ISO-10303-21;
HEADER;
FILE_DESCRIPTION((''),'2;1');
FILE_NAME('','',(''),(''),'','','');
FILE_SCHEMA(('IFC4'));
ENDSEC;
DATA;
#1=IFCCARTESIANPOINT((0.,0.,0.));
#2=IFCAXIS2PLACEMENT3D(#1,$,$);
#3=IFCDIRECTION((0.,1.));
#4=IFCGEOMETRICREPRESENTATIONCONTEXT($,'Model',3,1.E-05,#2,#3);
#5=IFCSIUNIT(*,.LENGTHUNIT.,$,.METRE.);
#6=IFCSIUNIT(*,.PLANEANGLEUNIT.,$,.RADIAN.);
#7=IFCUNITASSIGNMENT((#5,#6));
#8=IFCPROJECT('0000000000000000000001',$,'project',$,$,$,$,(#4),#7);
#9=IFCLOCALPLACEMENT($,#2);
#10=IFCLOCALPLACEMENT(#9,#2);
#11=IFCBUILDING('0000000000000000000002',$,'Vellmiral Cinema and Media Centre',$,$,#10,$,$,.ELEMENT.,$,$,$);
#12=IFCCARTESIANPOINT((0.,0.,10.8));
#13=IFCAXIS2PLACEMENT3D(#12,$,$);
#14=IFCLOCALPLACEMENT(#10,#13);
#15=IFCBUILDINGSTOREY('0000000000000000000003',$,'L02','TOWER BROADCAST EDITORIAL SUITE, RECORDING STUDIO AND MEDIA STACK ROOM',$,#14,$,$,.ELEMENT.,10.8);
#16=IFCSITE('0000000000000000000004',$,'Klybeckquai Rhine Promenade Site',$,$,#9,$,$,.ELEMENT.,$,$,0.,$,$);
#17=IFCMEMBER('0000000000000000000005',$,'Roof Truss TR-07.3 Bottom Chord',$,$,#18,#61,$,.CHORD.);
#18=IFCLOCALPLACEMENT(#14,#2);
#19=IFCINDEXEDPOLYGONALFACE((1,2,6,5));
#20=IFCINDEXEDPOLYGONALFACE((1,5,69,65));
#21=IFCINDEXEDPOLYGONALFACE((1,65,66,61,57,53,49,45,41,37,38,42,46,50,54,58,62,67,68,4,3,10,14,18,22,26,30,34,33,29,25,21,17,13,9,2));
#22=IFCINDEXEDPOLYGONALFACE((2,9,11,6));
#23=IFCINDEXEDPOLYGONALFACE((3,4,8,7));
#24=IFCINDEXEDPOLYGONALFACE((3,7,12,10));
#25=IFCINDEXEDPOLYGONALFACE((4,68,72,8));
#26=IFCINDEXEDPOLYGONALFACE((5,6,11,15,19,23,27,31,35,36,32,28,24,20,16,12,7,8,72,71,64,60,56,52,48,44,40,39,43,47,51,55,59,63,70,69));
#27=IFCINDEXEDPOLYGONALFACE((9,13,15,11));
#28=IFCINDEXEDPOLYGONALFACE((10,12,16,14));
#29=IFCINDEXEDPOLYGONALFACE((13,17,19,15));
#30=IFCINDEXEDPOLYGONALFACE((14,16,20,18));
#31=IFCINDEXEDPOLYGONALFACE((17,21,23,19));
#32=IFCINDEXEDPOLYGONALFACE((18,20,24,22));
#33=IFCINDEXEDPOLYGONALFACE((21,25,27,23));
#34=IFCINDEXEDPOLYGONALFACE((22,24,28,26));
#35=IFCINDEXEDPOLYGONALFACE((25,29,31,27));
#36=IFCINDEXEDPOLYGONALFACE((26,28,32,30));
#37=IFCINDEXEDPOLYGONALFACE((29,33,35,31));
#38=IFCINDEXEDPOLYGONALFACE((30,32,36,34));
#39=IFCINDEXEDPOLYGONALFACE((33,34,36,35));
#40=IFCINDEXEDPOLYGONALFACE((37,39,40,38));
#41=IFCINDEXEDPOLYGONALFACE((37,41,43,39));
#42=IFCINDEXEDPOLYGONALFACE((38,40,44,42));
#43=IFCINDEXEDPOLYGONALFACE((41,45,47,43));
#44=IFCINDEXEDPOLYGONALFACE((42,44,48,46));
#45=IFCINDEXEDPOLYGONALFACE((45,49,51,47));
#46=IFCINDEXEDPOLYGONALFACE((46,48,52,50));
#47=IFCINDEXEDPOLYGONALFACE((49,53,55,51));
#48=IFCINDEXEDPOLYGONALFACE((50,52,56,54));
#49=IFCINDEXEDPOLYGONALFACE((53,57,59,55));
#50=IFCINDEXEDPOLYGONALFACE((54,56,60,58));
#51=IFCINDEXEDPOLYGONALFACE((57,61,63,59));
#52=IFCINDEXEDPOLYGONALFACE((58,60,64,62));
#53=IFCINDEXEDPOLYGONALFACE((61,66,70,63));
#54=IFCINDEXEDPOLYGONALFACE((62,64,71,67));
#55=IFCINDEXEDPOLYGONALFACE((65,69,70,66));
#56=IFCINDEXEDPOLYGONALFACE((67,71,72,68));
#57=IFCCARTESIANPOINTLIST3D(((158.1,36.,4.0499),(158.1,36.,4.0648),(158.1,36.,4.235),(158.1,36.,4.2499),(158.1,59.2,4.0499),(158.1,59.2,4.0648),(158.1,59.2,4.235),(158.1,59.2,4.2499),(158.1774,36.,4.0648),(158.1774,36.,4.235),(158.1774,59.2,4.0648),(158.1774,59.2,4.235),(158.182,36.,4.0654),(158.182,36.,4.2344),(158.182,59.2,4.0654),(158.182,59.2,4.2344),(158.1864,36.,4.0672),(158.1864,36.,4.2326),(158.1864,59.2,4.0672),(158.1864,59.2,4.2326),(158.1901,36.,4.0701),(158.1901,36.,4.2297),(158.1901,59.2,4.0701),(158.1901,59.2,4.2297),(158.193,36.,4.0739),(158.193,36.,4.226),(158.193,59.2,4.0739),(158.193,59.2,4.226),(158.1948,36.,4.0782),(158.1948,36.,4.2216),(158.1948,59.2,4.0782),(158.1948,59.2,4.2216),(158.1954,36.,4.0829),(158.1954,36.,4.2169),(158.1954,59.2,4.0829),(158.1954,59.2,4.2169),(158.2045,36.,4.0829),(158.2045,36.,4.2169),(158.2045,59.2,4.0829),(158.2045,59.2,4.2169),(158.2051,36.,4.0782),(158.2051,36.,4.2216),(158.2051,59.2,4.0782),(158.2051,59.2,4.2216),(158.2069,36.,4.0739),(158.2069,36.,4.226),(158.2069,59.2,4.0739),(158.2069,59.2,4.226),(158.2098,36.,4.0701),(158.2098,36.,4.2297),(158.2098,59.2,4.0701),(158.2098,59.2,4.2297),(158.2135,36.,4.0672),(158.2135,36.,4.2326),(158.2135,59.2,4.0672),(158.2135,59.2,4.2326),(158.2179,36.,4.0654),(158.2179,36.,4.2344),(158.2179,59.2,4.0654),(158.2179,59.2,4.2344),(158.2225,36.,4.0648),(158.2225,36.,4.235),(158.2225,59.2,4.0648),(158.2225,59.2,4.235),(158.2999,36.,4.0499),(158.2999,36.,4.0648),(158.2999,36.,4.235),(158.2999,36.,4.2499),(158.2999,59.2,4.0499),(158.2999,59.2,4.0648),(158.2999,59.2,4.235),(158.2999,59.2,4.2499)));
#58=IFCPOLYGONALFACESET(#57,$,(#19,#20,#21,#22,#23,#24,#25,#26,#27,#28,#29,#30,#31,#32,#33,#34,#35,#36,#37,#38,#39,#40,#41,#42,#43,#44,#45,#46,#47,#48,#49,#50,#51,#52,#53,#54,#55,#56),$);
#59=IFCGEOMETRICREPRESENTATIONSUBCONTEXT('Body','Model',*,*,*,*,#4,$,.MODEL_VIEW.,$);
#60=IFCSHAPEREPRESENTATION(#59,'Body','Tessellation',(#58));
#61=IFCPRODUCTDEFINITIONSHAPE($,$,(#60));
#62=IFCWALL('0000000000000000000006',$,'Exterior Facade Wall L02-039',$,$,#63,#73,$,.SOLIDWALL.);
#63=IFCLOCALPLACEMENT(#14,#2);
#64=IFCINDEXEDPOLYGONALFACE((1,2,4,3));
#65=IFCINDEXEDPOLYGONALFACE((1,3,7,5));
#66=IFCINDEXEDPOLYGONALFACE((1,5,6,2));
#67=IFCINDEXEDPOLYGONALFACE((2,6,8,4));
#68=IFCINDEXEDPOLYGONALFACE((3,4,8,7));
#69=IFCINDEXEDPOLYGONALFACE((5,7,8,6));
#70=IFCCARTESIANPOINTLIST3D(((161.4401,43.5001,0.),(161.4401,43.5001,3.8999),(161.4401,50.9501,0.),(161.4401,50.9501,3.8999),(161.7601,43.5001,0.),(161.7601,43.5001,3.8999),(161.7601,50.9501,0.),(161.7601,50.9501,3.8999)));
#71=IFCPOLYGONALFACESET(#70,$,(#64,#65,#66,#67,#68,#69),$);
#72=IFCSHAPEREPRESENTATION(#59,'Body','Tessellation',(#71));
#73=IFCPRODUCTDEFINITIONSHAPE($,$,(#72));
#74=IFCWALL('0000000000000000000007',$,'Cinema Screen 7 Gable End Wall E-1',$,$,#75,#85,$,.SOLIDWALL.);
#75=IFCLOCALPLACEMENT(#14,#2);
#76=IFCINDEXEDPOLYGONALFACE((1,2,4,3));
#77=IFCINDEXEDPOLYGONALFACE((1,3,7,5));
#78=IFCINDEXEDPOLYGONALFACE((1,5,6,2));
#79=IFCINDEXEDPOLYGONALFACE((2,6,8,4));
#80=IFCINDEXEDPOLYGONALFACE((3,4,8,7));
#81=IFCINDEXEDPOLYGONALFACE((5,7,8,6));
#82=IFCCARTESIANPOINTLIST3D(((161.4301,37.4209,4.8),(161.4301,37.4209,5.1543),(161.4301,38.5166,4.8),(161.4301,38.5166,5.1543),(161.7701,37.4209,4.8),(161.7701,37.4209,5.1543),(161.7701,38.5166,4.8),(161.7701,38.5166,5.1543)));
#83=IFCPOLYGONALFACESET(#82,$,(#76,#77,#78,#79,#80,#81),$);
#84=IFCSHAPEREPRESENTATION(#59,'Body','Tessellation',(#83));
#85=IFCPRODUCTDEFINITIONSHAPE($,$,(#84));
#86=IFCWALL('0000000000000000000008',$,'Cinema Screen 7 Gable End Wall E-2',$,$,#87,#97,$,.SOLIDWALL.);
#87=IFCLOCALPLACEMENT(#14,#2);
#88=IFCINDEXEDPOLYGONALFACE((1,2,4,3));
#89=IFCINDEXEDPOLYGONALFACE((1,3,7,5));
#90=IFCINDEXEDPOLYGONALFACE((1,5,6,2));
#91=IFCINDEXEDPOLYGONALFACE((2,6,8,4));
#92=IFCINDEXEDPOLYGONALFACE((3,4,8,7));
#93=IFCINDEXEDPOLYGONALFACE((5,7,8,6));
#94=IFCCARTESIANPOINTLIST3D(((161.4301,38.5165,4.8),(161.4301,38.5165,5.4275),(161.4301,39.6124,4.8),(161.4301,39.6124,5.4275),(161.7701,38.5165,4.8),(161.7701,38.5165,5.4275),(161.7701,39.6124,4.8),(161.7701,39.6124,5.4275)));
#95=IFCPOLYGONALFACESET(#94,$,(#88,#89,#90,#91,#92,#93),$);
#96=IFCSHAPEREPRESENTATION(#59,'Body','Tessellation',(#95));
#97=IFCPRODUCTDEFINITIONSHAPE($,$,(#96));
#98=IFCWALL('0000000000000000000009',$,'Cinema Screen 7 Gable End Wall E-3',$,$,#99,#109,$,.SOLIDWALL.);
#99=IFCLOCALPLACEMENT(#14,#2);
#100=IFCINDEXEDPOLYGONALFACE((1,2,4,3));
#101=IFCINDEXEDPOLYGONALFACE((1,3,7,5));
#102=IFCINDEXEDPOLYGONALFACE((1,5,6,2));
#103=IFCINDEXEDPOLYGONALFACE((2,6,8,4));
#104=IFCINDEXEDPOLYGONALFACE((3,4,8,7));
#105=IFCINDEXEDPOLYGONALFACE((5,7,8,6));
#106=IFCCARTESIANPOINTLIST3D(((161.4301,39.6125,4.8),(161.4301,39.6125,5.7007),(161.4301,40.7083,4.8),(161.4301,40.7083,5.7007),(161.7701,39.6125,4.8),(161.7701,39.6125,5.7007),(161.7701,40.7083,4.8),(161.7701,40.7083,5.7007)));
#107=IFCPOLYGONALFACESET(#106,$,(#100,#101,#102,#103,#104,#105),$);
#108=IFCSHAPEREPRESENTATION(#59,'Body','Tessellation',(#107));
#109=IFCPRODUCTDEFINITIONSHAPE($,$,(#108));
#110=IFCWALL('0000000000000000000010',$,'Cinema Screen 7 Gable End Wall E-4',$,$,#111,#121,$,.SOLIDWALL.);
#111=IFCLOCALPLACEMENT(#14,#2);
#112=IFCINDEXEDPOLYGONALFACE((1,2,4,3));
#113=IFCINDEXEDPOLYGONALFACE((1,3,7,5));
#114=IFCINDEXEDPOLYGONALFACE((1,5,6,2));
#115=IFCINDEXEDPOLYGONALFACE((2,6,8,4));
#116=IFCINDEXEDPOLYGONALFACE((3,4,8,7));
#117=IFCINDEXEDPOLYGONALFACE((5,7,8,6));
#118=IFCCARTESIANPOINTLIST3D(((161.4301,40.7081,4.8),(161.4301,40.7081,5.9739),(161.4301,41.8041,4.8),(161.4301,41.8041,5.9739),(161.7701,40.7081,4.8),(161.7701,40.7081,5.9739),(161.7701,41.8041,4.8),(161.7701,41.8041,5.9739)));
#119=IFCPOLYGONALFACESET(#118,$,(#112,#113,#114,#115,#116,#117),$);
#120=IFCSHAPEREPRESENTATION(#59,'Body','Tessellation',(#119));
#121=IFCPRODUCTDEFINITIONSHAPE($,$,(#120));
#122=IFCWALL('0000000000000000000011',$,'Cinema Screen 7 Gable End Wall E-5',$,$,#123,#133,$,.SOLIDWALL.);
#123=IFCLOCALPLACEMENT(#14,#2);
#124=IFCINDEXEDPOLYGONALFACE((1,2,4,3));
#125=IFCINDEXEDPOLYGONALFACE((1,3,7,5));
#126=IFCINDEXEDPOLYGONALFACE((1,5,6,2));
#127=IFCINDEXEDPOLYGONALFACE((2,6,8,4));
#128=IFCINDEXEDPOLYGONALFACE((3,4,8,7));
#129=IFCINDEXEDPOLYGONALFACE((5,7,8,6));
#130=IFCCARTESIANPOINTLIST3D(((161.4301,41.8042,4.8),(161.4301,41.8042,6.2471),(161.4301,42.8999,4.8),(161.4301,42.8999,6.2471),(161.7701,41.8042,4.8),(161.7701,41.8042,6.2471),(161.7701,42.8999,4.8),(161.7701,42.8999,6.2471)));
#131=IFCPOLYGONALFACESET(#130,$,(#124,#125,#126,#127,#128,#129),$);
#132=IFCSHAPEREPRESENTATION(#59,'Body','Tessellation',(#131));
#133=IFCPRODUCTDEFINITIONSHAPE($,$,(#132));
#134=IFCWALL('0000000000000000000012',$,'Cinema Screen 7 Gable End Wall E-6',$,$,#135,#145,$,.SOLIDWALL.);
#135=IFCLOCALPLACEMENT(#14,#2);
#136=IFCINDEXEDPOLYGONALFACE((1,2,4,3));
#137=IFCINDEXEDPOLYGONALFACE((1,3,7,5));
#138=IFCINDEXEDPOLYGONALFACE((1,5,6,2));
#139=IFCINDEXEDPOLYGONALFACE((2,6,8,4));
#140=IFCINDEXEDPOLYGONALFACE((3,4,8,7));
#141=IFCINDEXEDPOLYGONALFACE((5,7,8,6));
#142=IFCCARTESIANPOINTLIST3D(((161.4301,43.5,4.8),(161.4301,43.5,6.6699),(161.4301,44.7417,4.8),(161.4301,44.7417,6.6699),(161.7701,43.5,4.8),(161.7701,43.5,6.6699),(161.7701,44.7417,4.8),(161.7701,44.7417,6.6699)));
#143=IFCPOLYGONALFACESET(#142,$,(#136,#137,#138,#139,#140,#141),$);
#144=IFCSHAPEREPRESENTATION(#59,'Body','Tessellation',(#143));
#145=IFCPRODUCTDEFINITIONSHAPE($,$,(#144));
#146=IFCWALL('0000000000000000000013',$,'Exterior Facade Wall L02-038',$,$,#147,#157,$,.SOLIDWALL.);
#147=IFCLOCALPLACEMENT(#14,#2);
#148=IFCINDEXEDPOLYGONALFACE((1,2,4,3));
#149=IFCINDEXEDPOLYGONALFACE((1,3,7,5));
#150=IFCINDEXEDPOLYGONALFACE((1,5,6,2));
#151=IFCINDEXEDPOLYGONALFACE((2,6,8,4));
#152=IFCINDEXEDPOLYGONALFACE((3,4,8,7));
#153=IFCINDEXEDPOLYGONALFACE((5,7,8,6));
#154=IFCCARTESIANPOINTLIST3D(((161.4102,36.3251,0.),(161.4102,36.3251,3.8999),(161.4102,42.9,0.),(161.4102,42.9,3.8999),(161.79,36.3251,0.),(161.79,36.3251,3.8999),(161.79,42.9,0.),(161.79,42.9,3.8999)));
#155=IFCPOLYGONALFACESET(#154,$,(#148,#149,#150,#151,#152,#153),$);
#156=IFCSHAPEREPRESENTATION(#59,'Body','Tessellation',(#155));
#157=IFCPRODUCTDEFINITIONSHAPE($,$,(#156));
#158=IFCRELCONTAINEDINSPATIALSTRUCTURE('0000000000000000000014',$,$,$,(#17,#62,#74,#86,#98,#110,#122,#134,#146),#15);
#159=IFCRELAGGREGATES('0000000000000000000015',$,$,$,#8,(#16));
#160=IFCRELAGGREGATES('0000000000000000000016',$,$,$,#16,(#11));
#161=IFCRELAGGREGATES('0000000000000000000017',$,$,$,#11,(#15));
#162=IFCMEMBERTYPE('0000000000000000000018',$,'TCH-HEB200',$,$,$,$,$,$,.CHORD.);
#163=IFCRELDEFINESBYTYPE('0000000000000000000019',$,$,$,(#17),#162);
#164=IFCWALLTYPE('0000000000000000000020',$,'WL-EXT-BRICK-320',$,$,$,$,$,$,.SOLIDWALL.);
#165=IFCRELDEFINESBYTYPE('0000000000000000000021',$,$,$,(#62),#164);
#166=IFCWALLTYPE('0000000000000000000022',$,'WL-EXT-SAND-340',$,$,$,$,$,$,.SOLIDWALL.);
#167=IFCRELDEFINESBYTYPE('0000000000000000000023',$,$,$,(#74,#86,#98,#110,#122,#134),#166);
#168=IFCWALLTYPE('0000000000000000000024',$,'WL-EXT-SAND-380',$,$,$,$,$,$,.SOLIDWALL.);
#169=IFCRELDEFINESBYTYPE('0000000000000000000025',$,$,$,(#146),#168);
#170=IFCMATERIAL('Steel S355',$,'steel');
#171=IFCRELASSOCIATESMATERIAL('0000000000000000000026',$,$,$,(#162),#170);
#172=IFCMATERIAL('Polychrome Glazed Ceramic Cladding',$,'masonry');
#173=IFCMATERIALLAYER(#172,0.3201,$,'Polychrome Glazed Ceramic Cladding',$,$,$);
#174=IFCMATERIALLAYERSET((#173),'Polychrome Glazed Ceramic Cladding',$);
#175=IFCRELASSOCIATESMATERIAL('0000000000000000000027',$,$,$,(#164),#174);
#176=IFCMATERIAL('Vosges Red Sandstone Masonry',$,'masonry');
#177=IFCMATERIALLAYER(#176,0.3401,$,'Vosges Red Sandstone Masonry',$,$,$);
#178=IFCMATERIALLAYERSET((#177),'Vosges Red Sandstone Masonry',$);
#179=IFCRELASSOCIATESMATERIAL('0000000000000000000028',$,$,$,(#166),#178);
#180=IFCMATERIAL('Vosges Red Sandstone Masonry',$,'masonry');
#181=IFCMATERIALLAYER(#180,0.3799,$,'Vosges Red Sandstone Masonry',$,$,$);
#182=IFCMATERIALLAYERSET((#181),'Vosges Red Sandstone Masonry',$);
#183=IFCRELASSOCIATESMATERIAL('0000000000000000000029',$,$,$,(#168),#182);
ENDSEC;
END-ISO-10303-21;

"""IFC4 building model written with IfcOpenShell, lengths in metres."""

from ifc_helpers import new_model, si_unit, direction, frame, frame_2d, origin, origin_2d, place, context, subcontext, project, spatial, rectangle, i_section, extrude, material, layer, layer_set, material_profile, profile_set, type_object, element, save


model = new_model("IFC4")

# Units and contexts
model_context = context("Model", 3, precision=1e-05, world=origin(), true_north=direction((0.0, 1.0)))
body_context = subcontext(model_context, "Body", "Model", "MODEL_VIEW")
ifc_project = project(units=[si_unit("LENGTHUNIT", "METRE"), si_unit("PLANEANGLEUNIT", "RADIAN")], contexts=[model_context])

# Site, building, storey
site_placement = place(None, origin())
site = spatial("IfcSite", under=ifc_project, at=site_placement, Name="Klybeckquai Rhine Promenade Site", CompositionType="ELEMENT", RefElevation=0.0)
building_placement = place(site_placement, origin())
building = spatial("IfcBuilding", under=site, at=building_placement, Name="Vellmiral Cinema and Media Centre", CompositionType="ELEMENT")
storey_placement = place(building_placement, frame((0.0, 0.0, 10.8)))
storey = spatial("IfcBuildingStorey", under=building, at=storey_placement, Name="L02", Description="TOWER BROADCAST EDITORIAL SUITE, RECORDING STUDIO AND MEDIA STACK ROOM", CompositionType="ELEMENT", Elevation=10.8)

# Member
ifc_material_1 = material(Name="Steel S355", Category="steel")
ifc_material_profile_1 = material_profile(ifc_material_1, i_section(OverallWidth=0.2, OverallDepth=0.2, WebThickness=0.009, FlangeThickness=0.0149, FilletRadius=0.0181, at=origin_2d()), Name="HEB 200")
ifc_profile_set_1 = profile_set([ifc_material_profile_1], Name="Steel S355")
member_type_1 = type_object("IfcMemberType", Name="TCH-HEB200", PredefinedType="CHORD", material=ifc_profile_set_1)
for number, where, z_axis, x_axis, name in (
    (1, (158.2, 36.0, 4.1499), (0.0, 1.0, 0.0), (-1.0, 0.0, 0.0), "Roof Truss TR-07.3 Bottom Chord"),
):
    element("IfcMember", number, at=place(storey_placement, frame(where, z_axis=z_axis, x_axis=x_axis)), inside=storey, type_object=member_type_1, Name=name, PredefinedType="CHORD", context=body_context, shape_type="SweptSolid", body=[
        extrude(i_section(OverallWidth=0.2, OverallDepth=0.2, WebThickness=0.009, FlangeThickness=0.0149, FilletRadius=0.0181, at=origin_2d()), origin(), (0.0, 0.0, 1.0), 23.2),
    ])

# Walls
ifc_material_2 = material(Name="Polychrome Glazed Ceramic Cladding", Category="masonry")
ifc_layer_1 = layer(ifc_material_2, 0.3201, Name="Polychrome Glazed Ceramic Cladding")
ifc_layer_set_1 = layer_set([ifc_layer_1], Name="Polychrome Glazed Ceramic Cladding")
wall_type_1 = type_object("IfcWallType", Name="WL-EXT-BRICK-320", PredefinedType="SOLIDWALL", material=ifc_layer_set_1)
wall_1_placement = place(storey_placement, frame((161.6001, 43.5, 0.0), z_axis=(0.0, 0.0, 1.0), x_axis=(0.0, 1.0, 0.0)))
element("IfcWall", 2, at=wall_1_placement, inside=storey, type_object=wall_type_1, Name="Exterior Facade Wall L02-039", PredefinedType="SOLIDWALL", context=body_context, shape_type="SweptSolid", body=[
    extrude(rectangle(XDim=7.45, YDim=0.3201, at=frame_2d((3.7251, 0.0))), origin(), (0.0, 0.0, 1.0), 3.8999),
])
ifc_material_3 = material(Name="Vosges Red Sandstone Masonry", Category="masonry")
ifc_layer_2 = layer(ifc_material_3, 0.3401, Name="Vosges Red Sandstone Masonry")
ifc_layer_set_2 = layer_set([ifc_layer_2], Name="Vosges Red Sandstone Masonry")
wall_type_2 = type_object("IfcWallType", Name="WL-EXT-SAND-340", PredefinedType="SOLIDWALL", material=ifc_layer_set_2)
wall_2_placement = place(storey_placement, frame((161.6001, 37.4209, 4.8), z_axis=(0.0, 0.0, 1.0), x_axis=(0.0, 1.0, 0.0)))
element("IfcWall", 3, at=wall_2_placement, inside=storey, type_object=wall_type_2, Name="Cinema Screen 7 Gable End Wall E-1", PredefinedType="SOLIDWALL", context=body_context, shape_type="SweptSolid", body=[
    extrude(rectangle(XDim=1.0957, YDim=0.3401, at=frame_2d((0.5479, 0.0))), origin(), (0.0, 0.0, 1.0), 0.3542),
])
wall_3_placement = place(storey_placement, frame((161.6001, 38.5166, 4.8), z_axis=(0.0, 0.0, 1.0), x_axis=(0.0, 1.0, 0.0)))
element("IfcWall", 4, at=wall_3_placement, inside=storey, type_object=wall_type_2, Name="Cinema Screen 7 Gable End Wall E-2", PredefinedType="SOLIDWALL", context=body_context, shape_type="SweptSolid", body=[
    extrude(rectangle(XDim=1.0959, YDim=0.3401, at=frame_2d((0.5479, 0.0))), origin(), (0.0, 0.0, 1.0), 0.6274),
])
wall_4_placement = place(storey_placement, frame((161.6001, 39.6125, 4.8), z_axis=(0.0, 0.0, 1.0), x_axis=(0.0, 1.0, 0.0)))
element("IfcWall", 5, at=wall_4_placement, inside=storey, type_object=wall_type_2, Name="Cinema Screen 7 Gable End Wall E-3", PredefinedType="SOLIDWALL", context=body_context, shape_type="SweptSolid", body=[
    extrude(rectangle(XDim=1.0957, YDim=0.3401, at=frame_2d((0.5479, 0.0))), origin(), (0.0, 0.0, 1.0), 0.9006),
])
wall_5_placement = place(storey_placement, frame((161.6001, 40.7083, 4.8), z_axis=(0.0, 0.0, 1.0), x_axis=(0.0, 1.0, 0.0)))
element("IfcWall", 6, at=wall_5_placement, inside=storey, type_object=wall_type_2, Name="Cinema Screen 7 Gable End Wall E-4", PredefinedType="SOLIDWALL", context=body_context, shape_type="SweptSolid", body=[
    extrude(rectangle(XDim=1.0959, YDim=0.3401, at=frame_2d((0.5479, 0.0))), origin(), (0.0, 0.0, 1.0), 1.1738),
])
wall_6_placement = place(storey_placement, frame((161.6001, 41.8042, 4.8), z_axis=(0.0, 0.0, 1.0), x_axis=(0.0, 1.0, 0.0)))
element("IfcWall", 7, at=wall_6_placement, inside=storey, type_object=wall_type_2, Name="Cinema Screen 7 Gable End Wall E-5", PredefinedType="SOLIDWALL", context=body_context, shape_type="SweptSolid", body=[
    extrude(rectangle(XDim=1.0957, YDim=0.3401, at=frame_2d((0.5479, 0.0))), origin(), (0.0, 0.0, 1.0), 1.447),
])
wall_7_placement = place(storey_placement, frame((161.6001, 43.5, 4.8), z_axis=(0.0, 0.0, 1.0), x_axis=(0.0, 1.0, 0.0)))
element("IfcWall", 8, at=wall_7_placement, inside=storey, type_object=wall_type_2, Name="Cinema Screen 7 Gable End Wall E-6", PredefinedType="SOLIDWALL", context=body_context, shape_type="SweptSolid", body=[
    extrude(rectangle(XDim=1.2417, YDim=0.3401, at=frame_2d((0.6208, 0.0))), origin(), (0.0, 0.0, 1.0), 1.8699),
])
ifc_material_4 = material(Name="Vosges Red Sandstone Masonry", Category="masonry")
ifc_layer_3 = layer(ifc_material_4, 0.3799, Name="Vosges Red Sandstone Masonry")
ifc_layer_set_3 = layer_set([ifc_layer_3], Name="Vosges Red Sandstone Masonry")
wall_type_3 = type_object("IfcWallType", Name="WL-EXT-SAND-380", PredefinedType="SOLIDWALL", material=ifc_layer_set_3)
wall_8_placement = place(storey_placement, frame((161.6001, 36.325, 0.0), z_axis=(0.0, 0.0, 1.0), x_axis=(0.0, 1.0, 0.0)))
element("IfcWall", 9, at=wall_8_placement, inside=storey, type_object=wall_type_3, Name="Exterior Facade Wall L02-038", PredefinedType="SOLIDWALL", context=body_context, shape_type="SweptSolid", body=[
    extrude(rectangle(XDim=6.575, YDim=0.3799, at=frame_2d((3.2876, 0.0))), origin(), (0.0, 0.0, 1.0), 3.8999),
])

save(model, "model.ifc")
